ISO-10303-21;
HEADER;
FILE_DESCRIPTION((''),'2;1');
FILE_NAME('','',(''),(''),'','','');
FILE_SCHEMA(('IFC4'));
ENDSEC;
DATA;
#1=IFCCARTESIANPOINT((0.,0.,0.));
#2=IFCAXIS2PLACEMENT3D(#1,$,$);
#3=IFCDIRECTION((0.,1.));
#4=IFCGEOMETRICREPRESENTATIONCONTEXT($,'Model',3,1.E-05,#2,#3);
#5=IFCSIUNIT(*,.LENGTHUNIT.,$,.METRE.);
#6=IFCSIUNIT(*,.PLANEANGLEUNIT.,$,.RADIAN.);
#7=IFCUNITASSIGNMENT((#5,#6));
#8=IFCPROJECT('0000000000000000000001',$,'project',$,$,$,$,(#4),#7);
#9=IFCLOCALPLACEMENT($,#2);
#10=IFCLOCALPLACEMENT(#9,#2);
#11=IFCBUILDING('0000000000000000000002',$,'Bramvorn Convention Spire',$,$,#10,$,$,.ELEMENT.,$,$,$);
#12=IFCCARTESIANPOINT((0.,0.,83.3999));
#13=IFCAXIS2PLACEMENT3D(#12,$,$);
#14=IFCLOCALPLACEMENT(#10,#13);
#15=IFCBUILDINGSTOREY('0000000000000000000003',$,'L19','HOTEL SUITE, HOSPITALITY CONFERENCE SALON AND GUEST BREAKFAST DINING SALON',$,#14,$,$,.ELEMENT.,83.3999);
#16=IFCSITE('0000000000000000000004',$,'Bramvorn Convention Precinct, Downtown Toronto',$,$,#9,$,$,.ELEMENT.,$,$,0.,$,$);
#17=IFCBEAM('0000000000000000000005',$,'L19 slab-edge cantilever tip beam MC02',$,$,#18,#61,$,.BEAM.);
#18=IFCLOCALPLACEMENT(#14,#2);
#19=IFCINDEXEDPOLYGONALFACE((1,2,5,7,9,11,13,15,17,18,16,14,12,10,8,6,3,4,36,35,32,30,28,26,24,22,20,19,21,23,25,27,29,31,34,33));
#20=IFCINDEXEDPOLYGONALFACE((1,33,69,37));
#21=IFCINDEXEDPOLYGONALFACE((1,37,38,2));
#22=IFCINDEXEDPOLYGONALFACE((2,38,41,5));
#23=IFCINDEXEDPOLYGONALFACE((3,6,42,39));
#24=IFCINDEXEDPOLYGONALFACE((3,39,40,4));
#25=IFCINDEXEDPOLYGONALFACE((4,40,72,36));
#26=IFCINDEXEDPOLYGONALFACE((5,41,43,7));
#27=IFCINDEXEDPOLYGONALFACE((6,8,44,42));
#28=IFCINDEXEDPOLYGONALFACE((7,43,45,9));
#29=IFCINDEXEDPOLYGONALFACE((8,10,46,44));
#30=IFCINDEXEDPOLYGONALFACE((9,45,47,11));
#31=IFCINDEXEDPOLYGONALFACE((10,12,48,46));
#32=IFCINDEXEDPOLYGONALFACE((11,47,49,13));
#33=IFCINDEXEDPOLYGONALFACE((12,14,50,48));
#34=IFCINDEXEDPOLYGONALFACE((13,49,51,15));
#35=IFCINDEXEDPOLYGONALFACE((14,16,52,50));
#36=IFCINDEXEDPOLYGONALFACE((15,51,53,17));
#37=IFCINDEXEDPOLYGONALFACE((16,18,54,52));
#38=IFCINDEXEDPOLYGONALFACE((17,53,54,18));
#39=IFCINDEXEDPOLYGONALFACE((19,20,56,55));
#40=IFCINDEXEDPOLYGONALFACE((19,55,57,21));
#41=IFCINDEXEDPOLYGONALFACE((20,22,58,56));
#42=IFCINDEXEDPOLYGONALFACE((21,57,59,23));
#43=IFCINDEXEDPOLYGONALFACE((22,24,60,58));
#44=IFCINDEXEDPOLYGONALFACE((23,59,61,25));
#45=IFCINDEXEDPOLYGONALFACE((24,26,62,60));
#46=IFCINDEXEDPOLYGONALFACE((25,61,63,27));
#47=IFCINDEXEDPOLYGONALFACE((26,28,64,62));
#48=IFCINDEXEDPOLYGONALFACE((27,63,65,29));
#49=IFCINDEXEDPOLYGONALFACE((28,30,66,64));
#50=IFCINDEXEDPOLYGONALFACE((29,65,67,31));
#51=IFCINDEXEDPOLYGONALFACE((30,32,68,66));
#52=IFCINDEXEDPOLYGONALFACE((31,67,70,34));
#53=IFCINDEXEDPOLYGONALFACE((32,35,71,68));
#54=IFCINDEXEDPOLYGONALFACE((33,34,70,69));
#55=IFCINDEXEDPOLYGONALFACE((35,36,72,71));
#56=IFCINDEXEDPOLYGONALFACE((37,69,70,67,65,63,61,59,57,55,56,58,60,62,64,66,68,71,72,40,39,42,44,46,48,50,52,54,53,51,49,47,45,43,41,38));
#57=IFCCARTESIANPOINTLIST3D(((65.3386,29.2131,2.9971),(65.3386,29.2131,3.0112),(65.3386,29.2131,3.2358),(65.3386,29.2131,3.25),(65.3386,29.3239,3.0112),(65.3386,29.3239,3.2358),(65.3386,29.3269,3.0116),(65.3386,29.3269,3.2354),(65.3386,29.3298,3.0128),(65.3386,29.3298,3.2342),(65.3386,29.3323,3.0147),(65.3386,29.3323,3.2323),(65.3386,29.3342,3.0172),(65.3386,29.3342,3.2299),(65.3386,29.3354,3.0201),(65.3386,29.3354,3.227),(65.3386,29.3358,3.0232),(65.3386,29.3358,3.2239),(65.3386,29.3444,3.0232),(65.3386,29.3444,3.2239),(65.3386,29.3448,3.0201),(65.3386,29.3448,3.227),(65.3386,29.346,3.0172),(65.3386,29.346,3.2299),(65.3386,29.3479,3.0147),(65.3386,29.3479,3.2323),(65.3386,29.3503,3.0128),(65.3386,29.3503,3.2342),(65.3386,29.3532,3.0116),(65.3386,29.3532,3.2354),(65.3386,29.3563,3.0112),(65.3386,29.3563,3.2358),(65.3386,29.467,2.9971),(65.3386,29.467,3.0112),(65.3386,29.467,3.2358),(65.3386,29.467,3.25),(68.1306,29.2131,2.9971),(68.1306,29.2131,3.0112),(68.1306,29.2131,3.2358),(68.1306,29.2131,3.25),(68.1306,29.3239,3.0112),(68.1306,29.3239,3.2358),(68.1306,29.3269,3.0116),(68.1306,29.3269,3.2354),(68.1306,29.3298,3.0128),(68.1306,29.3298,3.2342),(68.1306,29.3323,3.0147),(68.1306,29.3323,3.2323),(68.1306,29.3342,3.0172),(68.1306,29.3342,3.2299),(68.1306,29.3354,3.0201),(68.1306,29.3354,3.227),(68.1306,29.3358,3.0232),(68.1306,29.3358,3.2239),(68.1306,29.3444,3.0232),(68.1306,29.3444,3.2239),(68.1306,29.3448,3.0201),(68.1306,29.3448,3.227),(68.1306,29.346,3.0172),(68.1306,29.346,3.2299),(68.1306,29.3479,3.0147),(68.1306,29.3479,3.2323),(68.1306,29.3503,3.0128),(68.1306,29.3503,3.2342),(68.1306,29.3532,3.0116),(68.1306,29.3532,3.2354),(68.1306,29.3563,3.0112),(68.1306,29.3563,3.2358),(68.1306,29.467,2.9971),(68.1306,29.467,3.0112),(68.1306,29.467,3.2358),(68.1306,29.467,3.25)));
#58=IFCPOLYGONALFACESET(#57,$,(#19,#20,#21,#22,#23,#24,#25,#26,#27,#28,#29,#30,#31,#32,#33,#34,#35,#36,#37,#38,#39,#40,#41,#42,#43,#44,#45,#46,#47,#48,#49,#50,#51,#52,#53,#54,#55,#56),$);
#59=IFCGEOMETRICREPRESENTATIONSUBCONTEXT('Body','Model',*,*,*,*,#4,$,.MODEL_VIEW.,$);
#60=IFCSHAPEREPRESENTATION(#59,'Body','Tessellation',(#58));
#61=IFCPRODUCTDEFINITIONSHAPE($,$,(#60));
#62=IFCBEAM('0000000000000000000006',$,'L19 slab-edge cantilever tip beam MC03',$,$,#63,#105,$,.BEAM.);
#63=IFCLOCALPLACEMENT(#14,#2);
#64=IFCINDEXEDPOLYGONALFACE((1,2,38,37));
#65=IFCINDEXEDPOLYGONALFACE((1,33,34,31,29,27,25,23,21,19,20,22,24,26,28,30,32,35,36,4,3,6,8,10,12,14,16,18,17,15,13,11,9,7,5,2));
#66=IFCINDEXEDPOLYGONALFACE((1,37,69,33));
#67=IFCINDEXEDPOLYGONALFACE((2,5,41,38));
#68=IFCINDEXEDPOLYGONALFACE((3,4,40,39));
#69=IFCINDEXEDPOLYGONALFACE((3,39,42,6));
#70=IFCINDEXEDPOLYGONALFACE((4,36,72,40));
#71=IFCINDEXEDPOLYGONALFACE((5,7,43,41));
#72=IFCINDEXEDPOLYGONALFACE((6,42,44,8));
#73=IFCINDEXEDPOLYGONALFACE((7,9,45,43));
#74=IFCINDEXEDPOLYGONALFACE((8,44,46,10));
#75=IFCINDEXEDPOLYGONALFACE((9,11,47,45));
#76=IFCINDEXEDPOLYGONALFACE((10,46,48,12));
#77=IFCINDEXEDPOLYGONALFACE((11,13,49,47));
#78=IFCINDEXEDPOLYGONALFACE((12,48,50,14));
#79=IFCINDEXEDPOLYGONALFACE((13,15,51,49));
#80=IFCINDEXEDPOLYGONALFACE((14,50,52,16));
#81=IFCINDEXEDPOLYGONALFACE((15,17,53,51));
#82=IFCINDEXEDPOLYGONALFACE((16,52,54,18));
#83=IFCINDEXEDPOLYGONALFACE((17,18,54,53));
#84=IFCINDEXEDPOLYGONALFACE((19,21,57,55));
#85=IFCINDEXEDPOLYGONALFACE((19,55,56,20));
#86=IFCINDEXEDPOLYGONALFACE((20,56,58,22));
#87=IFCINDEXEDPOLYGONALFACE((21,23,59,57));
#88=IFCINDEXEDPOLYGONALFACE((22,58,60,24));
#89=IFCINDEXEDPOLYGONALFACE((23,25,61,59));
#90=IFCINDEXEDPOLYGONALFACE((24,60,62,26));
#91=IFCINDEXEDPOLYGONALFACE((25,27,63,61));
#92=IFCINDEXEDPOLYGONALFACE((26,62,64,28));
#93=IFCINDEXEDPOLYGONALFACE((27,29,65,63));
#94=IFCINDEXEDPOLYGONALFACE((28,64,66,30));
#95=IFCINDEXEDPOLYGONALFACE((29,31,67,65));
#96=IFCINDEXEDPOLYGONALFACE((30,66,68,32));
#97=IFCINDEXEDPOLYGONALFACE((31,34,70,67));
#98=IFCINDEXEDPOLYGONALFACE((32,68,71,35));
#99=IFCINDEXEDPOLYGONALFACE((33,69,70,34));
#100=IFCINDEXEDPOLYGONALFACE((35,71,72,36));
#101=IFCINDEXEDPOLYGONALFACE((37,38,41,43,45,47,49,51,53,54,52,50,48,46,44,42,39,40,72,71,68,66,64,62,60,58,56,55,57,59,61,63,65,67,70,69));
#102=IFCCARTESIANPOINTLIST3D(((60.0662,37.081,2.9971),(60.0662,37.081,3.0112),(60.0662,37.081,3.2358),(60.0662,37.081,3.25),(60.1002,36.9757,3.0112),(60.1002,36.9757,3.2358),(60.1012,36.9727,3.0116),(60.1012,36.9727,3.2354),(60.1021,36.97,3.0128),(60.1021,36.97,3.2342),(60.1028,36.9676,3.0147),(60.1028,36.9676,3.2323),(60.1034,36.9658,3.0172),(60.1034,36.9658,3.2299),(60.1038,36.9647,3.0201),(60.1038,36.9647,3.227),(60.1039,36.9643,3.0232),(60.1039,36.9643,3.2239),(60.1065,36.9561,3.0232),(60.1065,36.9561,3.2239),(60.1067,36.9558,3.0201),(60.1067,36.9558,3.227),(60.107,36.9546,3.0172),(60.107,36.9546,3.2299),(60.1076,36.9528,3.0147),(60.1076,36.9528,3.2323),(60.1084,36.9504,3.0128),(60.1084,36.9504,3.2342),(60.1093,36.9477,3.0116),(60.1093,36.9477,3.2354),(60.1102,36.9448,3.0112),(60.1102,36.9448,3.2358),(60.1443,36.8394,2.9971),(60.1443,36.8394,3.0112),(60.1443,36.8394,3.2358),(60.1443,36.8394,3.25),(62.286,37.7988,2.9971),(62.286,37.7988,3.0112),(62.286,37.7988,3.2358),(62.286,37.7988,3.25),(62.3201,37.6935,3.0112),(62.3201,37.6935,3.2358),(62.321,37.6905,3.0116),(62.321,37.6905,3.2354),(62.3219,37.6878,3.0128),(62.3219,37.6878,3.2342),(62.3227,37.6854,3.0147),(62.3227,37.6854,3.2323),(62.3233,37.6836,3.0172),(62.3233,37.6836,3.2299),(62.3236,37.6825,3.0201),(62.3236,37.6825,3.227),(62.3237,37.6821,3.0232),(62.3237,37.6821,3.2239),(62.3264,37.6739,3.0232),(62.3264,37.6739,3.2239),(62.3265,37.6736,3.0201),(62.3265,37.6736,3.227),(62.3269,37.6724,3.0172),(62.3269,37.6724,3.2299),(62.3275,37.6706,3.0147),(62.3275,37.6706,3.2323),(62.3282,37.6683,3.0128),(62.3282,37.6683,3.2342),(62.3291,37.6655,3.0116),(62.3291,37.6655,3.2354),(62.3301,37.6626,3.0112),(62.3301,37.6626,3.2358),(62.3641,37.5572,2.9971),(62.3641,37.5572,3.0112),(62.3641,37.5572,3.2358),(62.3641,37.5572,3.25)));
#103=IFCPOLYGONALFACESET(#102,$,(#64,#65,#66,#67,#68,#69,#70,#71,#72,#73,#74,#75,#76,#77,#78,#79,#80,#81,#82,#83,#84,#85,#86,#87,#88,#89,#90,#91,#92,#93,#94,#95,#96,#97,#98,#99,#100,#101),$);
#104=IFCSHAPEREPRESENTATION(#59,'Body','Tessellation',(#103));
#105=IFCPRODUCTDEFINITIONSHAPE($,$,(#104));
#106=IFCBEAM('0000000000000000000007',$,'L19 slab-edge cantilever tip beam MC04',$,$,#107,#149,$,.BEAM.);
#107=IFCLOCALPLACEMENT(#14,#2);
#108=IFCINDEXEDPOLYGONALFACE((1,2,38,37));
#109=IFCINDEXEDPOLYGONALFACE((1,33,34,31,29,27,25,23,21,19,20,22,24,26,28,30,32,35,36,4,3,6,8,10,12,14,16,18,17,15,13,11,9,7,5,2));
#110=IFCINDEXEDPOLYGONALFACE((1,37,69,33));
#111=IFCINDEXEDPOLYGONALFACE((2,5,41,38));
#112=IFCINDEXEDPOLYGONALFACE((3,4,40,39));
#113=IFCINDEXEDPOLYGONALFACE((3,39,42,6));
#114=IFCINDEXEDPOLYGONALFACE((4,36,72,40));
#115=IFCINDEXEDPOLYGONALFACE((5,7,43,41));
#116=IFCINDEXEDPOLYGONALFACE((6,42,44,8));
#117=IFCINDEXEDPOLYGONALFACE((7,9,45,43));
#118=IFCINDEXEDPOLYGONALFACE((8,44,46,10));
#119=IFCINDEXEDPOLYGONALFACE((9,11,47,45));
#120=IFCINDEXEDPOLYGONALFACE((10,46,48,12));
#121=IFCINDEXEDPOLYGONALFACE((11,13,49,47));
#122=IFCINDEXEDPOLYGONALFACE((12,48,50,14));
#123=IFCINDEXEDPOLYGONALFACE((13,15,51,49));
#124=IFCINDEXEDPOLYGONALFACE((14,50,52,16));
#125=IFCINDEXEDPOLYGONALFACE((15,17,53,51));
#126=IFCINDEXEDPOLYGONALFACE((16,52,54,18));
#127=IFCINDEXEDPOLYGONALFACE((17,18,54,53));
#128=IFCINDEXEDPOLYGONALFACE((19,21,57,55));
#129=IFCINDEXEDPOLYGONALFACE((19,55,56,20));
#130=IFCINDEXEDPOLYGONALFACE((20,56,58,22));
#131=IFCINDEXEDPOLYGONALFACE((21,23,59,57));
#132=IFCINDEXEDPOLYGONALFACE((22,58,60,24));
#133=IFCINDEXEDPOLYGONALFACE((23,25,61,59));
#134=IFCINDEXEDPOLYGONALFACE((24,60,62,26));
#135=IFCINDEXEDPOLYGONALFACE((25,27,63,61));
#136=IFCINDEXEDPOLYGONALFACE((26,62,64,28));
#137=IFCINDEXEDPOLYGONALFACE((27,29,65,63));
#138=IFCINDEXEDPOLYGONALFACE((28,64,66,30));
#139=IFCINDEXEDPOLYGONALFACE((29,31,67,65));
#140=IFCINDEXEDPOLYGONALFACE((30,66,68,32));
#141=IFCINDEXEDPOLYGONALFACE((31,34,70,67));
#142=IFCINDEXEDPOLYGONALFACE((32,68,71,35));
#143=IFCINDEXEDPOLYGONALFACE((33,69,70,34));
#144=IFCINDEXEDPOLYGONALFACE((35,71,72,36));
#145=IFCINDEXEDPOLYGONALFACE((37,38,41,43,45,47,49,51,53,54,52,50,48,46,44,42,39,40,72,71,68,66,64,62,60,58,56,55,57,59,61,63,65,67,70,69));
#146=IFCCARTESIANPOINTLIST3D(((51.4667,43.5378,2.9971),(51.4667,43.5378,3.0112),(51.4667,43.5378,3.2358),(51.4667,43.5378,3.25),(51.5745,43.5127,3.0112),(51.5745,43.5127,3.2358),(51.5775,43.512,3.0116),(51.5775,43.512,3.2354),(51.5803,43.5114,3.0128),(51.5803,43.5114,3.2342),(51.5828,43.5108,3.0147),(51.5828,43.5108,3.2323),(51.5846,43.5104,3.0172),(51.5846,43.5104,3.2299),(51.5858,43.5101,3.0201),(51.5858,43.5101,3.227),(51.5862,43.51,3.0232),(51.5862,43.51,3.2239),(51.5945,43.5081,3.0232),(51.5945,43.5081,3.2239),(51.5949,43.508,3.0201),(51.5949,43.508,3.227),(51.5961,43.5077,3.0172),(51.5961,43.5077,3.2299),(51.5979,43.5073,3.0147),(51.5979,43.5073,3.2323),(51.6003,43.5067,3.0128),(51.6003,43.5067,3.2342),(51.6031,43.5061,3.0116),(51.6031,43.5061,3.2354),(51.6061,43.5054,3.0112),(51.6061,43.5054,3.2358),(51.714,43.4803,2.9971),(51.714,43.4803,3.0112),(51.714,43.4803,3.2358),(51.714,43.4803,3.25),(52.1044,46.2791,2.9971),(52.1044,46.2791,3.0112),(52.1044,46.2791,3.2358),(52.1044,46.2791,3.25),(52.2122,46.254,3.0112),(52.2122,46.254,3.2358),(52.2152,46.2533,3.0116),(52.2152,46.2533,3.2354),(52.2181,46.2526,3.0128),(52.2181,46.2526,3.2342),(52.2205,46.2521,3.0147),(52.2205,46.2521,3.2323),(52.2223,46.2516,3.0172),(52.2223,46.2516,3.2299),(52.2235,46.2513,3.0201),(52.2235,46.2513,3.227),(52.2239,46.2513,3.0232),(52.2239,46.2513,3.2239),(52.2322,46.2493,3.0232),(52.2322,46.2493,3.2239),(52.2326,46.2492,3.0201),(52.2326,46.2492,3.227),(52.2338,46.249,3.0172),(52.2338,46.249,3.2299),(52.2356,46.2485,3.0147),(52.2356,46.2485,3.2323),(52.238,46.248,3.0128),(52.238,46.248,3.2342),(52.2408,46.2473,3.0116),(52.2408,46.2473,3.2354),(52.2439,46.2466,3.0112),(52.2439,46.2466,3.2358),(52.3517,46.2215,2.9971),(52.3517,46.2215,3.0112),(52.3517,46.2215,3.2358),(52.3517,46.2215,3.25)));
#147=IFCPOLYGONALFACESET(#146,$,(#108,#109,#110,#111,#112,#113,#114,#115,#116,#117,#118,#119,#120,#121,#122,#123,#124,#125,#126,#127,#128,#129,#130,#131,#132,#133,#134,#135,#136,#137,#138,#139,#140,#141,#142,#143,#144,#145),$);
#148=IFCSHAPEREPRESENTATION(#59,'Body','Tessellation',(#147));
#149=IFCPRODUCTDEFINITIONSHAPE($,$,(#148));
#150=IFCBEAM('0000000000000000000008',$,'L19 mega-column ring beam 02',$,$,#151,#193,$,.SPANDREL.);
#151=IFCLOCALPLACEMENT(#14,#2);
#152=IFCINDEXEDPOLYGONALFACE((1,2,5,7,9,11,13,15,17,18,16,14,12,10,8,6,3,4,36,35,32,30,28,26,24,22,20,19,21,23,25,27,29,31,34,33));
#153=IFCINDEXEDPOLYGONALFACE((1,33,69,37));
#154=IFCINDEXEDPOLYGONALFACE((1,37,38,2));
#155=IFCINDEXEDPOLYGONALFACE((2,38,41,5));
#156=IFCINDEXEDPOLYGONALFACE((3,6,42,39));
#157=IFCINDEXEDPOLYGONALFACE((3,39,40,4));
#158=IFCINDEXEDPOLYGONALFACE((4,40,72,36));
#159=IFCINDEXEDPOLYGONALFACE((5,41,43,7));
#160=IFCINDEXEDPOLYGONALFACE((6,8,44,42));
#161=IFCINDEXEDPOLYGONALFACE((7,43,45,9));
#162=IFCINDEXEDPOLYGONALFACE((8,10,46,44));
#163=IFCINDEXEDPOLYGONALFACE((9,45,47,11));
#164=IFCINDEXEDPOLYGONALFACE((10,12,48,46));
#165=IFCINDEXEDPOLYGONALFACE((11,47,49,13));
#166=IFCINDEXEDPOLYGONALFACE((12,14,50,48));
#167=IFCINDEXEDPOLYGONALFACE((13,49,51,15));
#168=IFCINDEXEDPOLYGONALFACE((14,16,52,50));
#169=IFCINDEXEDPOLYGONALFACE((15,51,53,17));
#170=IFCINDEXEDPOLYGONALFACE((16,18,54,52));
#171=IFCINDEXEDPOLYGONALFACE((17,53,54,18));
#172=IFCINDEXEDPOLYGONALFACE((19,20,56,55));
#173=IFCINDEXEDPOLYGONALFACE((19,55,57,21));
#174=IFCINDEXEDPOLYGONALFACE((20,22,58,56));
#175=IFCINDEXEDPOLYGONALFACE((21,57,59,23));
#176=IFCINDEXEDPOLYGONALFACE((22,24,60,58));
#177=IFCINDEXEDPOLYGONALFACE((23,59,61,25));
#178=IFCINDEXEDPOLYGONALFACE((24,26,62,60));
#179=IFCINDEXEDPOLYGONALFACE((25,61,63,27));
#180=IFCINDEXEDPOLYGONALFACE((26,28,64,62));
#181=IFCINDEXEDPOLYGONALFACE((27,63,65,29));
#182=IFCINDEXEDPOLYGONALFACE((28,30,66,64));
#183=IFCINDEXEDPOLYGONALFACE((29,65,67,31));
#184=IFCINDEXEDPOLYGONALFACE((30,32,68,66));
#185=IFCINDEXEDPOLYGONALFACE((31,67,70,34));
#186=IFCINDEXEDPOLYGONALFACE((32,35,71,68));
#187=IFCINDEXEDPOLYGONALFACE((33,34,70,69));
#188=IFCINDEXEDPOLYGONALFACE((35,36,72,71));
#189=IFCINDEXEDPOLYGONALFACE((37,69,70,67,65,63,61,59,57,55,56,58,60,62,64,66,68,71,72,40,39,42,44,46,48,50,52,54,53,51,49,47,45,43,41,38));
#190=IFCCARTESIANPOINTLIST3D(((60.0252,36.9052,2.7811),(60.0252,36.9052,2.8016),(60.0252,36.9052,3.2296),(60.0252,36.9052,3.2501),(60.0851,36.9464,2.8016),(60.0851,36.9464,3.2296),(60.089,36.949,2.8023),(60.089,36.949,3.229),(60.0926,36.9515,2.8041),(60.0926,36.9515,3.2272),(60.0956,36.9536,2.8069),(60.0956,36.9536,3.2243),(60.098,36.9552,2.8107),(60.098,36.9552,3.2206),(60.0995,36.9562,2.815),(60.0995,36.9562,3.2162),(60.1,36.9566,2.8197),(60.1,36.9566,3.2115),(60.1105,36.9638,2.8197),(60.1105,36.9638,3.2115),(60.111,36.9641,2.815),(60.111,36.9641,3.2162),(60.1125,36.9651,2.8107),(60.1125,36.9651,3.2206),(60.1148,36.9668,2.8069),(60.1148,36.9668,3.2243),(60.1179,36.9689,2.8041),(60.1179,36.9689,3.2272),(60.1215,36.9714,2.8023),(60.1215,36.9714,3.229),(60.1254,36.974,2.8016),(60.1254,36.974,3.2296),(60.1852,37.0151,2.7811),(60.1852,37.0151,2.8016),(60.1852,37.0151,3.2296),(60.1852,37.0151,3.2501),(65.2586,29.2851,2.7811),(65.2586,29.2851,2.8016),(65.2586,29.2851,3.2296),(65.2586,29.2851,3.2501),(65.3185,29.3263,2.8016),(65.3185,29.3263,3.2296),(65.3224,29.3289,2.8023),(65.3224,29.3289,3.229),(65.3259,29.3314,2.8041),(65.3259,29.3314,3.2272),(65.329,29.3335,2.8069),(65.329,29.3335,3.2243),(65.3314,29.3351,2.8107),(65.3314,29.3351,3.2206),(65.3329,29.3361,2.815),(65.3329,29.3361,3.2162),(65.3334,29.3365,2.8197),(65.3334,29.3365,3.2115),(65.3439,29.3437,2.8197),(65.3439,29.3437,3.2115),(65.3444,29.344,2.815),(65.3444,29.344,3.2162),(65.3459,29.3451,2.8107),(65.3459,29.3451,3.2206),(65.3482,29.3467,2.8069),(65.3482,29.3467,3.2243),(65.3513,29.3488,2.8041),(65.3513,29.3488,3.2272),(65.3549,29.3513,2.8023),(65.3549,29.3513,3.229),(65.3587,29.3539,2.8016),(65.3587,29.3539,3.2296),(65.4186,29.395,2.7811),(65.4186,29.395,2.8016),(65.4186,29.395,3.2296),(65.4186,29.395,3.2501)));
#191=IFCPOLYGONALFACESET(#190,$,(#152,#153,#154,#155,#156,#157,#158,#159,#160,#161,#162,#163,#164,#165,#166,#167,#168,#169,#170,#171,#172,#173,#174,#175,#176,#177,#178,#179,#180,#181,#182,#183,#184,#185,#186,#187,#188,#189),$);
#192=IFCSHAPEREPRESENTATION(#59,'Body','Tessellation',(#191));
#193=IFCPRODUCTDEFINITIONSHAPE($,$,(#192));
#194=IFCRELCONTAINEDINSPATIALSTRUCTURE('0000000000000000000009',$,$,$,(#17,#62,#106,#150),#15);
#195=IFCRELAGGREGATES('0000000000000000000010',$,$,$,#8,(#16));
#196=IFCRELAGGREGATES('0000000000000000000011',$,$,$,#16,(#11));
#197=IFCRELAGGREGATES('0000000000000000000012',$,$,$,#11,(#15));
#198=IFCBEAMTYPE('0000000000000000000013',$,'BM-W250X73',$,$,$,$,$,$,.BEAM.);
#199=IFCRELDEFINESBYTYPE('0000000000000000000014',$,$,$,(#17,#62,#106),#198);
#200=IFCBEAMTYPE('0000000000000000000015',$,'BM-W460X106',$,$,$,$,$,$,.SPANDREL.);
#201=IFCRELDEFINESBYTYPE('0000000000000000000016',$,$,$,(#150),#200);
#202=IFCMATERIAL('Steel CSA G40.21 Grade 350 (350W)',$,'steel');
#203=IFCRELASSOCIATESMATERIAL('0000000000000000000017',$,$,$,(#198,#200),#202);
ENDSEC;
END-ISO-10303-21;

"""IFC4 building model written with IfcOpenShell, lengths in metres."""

from ifc_helpers import new_model, si_unit, direction, frame, origin, origin_2d, place, context, subcontext, project, spatial, i_section, extrude, material, material_profile, profile_set, type_object, element, save


model = new_model("IFC4")

# Units and contexts
model_context = context("Model", 3, precision=1e-05, world=origin(), true_north=direction((0.0, 1.0)))
body_context = subcontext(model_context, "Body", "Model", "MODEL_VIEW")
ifc_project = project(units=[si_unit("LENGTHUNIT", "METRE"), si_unit("PLANEANGLEUNIT", "RADIAN")], contexts=[model_context])

# Site, building, storey
site_placement = place(None, origin())
site = spatial("IfcSite", under=ifc_project, at=site_placement, Name="Bramvorn Convention Precinct, Downtown Toronto", CompositionType="ELEMENT", RefElevation=0.0)
building_placement = place(site_placement, origin())
building = spatial("IfcBuilding", under=site, at=building_placement, Name="Bramvorn Convention Spire", CompositionType="ELEMENT")
storey_placement = place(building_placement, frame((0.0, 0.0, 83.3999)))
storey = spatial("IfcBuildingStorey", under=building, at=storey_placement, Name="L19", Description="HOTEL SUITE, HOSPITALITY CONFERENCE SALON AND GUEST BREAKFAST DINING SALON", CompositionType="ELEMENT", Elevation=83.3999)

# Shared definitions
ifc_material_1 = material(Name="Steel CSA G40.21 Grade 350 (350W)", Category="steel")

# Beams
ifc_material_profile_1 = material_profile(ifc_material_1, i_section(OverallWidth=0.2539, OverallDepth=0.2529, WebThickness=0.0085, FlangeThickness=0.0142, FilletRadius=0.012, at=origin_2d()))
ifc_profile_set_1 = profile_set([ifc_material_profile_1], Name="Steel CSA G40.21 Grade 350 (350W) - W250X73")
beam_type_1 = type_object("IfcBeamType", Name="BM-W250X73", PredefinedType="BEAM", material=ifc_profile_set_1)
beam_1_placement = place(storey_placement, frame((65.3386, 29.3401, 3.1235), z_axis=(1.0, 0.0, 0.0), x_axis=(0.0, 1.0, 0.0)))
element("IfcBeam", 1, at=beam_1_placement, inside=storey, type_object=beam_type_1, Name="L19 slab-edge cantilever tip beam MC02", PredefinedType="BEAM", context=body_context, shape_type="SweptSolid", body=[
    extrude(i_section(OverallWidth=0.2539, OverallDepth=0.2529, WebThickness=0.0085, FlangeThickness=0.0142, FilletRadius=0.012, at=origin_2d()), origin(), (0.0, 0.0, 1.0), 2.792),
])
beam_2_placement = place(storey_placement, frame((60.1052, 36.9602, 3.1235), z_axis=(0.951491, 0.307675, 0.0), x_axis=(-0.307675, 0.951491, 0.0)))
element("IfcBeam", 2, at=beam_2_placement, inside=storey, type_object=beam_type_1, Name="L19 slab-edge cantilever tip beam MC03", PredefinedType="BEAM", context=body_context, shape_type="SweptSolid", body=[
    extrude(i_section(OverallWidth=0.2539, OverallDepth=0.2529, WebThickness=0.0085, FlangeThickness=0.0142, FilletRadius=0.012, at=origin_2d()), origin(), (0.0, 0.0, 1.0), 2.333),
])
beam_3_placement = place(storey_placement, frame((51.5903, 43.509, 3.1235), z_axis=(0.226582, 0.973992, 0.0), x_axis=(-0.973992, 0.226582, 0.0)))
element("IfcBeam", 3, at=beam_3_placement, inside=storey, type_object=beam_type_1, Name="L19 slab-edge cantilever tip beam MC04", PredefinedType="BEAM", context=body_context, shape_type="SweptSolid", body=[
    extrude(i_section(OverallWidth=0.2539, OverallDepth=0.2529, WebThickness=0.0085, FlangeThickness=0.0142, FilletRadius=0.012, at=origin_2d()), origin(), (0.0, 0.0, 1.0), 2.8145),
])
ifc_material_profile_2 = material_profile(ifc_material_1, i_section(OverallWidth=0.1941, OverallDepth=0.469, WebThickness=0.0127, FlangeThickness=0.0205, FilletRadius=0.0181, at=origin_2d()))
ifc_profile_set_2 = profile_set([ifc_material_profile_2], Name="Steel CSA G40.21 Grade 350 (350W) - W460X106")
beam_type_2 = type_object("IfcBeamType", Name="BM-W460X106", PredefinedType="SPANDREL", material=ifc_profile_set_2)
beam_4_placement = place(storey_placement, frame((65.3386, 29.3401, 3.0156), z_axis=(-0.56613, 0.824316, 0.0), x_axis=(-0.824316, -0.56613, 0.0)))
element("IfcBeam", 4, at=beam_4_placement, inside=storey, type_object=beam_type_2, Name="L19 mega-column ring beam 02", PredefinedType="SPANDREL", context=body_context, shape_type="SweptSolid", body=[
    extrude(i_section(OverallWidth=0.1941, OverallDepth=0.469, WebThickness=0.0127, FlangeThickness=0.0205, FilletRadius=0.0181, at=origin_2d()), origin(), (0.0, 0.0, 1.0), 9.2441),
])

save(model, "model.ifc")
